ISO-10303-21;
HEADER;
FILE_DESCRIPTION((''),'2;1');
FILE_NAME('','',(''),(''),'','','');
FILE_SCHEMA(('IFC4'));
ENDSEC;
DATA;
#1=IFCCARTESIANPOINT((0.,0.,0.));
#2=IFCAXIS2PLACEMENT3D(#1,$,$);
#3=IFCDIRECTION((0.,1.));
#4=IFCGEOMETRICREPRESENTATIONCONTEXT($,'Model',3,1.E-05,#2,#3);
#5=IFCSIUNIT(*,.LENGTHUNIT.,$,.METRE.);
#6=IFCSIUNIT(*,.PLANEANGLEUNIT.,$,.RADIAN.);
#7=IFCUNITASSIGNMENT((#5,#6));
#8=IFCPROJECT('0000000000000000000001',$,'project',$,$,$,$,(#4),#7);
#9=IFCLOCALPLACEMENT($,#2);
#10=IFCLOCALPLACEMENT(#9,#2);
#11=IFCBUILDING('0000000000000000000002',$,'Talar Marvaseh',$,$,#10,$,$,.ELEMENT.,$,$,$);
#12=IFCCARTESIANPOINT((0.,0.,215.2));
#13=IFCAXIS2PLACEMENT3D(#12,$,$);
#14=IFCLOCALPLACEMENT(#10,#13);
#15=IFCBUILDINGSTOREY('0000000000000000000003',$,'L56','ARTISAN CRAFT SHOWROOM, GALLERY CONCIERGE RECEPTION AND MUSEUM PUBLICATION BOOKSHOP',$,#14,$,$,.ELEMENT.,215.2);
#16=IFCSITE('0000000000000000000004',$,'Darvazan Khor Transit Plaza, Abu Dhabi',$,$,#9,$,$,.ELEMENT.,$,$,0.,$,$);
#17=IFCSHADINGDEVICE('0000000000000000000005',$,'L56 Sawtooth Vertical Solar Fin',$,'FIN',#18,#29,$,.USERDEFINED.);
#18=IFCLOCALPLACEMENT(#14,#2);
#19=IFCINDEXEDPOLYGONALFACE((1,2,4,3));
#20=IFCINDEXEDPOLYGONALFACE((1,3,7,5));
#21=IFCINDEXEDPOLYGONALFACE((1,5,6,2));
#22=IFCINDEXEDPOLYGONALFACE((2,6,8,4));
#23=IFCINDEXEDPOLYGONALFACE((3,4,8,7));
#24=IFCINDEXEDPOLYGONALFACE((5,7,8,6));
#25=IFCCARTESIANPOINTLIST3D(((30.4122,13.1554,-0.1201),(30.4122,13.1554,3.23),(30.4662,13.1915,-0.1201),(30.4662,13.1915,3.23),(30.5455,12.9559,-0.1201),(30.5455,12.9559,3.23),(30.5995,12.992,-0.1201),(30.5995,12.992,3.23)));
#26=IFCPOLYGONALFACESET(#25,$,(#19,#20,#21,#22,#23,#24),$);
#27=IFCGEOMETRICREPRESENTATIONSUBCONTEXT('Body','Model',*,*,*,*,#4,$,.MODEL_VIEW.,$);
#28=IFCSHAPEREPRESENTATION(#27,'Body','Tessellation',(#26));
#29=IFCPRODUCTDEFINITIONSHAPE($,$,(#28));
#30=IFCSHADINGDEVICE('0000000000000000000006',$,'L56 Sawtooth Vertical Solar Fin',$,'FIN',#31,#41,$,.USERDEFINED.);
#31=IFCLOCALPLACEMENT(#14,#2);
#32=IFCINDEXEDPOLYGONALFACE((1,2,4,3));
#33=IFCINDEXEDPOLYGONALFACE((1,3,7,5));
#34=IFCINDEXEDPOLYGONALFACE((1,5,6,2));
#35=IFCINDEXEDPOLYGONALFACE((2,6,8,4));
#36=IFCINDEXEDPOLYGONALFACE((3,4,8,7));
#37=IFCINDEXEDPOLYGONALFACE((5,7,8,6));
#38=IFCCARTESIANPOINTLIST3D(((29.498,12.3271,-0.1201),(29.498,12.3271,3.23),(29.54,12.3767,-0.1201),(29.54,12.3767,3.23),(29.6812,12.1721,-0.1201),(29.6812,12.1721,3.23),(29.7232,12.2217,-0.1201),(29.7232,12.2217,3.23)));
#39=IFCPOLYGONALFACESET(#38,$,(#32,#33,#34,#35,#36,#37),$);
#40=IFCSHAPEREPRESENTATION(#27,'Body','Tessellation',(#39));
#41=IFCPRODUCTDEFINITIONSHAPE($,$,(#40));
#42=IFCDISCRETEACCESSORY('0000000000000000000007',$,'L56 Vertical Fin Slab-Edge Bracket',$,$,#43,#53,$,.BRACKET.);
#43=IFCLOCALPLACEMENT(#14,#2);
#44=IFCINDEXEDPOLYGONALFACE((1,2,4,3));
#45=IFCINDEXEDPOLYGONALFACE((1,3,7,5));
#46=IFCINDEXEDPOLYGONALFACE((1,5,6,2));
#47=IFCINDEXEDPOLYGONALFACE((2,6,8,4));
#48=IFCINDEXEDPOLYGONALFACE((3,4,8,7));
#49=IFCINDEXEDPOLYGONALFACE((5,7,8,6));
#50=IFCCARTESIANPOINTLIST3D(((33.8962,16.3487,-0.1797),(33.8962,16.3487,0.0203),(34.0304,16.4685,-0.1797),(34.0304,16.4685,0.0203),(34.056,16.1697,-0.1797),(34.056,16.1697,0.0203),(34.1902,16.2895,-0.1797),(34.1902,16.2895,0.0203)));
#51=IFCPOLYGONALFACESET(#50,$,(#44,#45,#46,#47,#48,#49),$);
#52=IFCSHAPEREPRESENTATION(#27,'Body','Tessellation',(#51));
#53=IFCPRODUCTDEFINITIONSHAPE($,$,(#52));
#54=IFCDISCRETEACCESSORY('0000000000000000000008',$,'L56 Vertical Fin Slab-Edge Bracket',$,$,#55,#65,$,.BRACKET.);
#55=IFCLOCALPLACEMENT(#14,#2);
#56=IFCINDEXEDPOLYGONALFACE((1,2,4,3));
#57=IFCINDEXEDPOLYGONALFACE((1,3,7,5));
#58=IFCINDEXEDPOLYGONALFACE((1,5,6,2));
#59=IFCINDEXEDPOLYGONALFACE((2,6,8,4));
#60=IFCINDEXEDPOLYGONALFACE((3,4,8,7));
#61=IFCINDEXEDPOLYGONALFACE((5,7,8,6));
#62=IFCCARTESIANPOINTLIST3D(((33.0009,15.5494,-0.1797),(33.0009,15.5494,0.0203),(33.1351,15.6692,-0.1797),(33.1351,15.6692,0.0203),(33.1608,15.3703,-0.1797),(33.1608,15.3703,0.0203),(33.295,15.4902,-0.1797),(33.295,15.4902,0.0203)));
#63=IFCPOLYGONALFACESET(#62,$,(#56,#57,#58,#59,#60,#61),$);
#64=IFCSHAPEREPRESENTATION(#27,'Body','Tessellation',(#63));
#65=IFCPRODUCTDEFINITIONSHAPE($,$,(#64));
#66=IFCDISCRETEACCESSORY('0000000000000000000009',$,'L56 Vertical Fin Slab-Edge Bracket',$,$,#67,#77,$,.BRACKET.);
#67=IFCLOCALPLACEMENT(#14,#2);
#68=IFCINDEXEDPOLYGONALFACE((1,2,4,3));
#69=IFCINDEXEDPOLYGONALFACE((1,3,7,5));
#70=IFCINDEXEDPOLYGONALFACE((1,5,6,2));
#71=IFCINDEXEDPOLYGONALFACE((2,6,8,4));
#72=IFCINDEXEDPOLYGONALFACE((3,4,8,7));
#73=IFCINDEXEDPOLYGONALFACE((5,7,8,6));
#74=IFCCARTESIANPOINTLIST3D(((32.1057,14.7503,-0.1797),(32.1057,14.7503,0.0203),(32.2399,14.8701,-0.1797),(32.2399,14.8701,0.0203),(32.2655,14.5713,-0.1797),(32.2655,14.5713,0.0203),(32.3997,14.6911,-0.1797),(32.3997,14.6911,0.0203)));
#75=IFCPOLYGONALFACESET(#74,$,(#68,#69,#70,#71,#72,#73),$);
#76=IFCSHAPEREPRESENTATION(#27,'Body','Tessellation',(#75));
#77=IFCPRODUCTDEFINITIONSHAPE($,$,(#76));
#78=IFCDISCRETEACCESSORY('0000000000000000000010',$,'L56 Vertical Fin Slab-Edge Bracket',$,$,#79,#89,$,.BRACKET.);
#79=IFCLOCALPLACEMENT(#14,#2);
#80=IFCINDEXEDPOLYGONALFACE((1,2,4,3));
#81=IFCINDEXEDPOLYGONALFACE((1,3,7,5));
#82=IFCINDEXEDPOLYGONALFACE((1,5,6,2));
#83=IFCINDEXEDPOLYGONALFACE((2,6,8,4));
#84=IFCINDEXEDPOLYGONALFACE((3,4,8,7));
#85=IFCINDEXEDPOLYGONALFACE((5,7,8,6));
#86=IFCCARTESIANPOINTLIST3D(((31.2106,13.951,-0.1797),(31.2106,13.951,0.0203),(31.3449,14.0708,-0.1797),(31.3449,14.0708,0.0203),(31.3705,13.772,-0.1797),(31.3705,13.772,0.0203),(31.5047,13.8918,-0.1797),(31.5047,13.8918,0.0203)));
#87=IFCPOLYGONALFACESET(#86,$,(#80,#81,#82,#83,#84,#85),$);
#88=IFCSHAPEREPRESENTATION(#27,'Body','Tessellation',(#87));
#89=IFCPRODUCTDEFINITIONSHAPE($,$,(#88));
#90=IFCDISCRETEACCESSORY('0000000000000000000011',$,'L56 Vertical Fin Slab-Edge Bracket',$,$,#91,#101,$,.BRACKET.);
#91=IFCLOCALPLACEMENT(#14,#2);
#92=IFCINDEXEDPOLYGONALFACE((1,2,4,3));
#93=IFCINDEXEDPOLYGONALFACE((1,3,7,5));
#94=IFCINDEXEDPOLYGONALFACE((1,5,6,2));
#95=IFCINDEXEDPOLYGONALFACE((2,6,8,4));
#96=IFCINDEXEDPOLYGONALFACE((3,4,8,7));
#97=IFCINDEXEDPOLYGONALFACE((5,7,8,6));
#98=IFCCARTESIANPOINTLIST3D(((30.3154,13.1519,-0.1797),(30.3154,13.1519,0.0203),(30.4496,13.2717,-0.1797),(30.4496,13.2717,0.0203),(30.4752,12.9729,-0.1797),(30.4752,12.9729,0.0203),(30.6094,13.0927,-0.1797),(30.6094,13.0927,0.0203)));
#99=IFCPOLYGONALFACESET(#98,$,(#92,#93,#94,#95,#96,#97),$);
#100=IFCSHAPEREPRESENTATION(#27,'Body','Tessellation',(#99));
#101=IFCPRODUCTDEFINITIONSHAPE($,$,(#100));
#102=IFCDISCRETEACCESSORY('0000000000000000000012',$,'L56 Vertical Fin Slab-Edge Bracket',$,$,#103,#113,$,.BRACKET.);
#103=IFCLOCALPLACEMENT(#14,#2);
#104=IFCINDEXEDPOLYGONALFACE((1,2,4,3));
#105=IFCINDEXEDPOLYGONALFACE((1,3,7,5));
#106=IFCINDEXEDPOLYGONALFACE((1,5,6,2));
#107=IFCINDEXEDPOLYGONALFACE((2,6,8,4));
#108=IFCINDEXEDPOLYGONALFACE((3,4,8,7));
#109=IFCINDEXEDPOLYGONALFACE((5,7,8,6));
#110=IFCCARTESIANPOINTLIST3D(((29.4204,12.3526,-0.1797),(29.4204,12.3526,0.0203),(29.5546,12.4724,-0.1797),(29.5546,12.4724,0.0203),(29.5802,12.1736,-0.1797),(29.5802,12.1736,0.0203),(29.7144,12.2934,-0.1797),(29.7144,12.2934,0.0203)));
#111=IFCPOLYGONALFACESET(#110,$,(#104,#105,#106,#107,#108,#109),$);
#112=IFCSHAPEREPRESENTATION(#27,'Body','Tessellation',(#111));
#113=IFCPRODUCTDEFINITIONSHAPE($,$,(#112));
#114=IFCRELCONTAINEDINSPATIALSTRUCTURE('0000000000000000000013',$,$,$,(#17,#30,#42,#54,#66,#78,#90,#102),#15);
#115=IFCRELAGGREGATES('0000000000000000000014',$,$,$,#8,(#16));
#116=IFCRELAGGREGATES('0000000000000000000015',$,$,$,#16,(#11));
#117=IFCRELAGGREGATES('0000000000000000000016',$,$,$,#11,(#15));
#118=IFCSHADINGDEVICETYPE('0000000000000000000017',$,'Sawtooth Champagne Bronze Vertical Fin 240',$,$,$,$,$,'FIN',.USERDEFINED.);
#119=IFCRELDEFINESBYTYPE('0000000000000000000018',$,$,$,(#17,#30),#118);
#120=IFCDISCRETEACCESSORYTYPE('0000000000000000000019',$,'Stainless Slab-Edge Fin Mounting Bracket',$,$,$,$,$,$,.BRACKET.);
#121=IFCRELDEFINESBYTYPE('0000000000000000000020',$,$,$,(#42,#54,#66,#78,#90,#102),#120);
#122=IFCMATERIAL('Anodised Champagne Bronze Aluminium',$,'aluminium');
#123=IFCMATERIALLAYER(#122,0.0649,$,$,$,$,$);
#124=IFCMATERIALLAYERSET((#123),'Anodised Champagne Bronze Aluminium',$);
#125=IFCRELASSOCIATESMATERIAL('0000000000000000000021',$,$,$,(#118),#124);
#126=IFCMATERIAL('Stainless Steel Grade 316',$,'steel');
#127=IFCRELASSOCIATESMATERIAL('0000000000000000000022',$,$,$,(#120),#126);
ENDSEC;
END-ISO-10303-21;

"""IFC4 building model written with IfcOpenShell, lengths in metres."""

from ifc_helpers import new_model, si_unit, direction, frame, origin, origin_2d, place, context, subcontext, project, spatial, rectangle, extrude, source, transform, mapped, material, layer, layer_set, type_object, type_shapes, element, save


model = new_model("IFC4")

# Units and contexts
model_context = context("Model", 3, precision=1e-05, world=origin(), true_north=direction((0.0, 1.0)))
body_context = subcontext(model_context, "Body", "Model", "MODEL_VIEW")
ifc_project = project(units=[si_unit("LENGTHUNIT", "METRE"), si_unit("PLANEANGLEUNIT", "RADIAN")], contexts=[model_context])

# Site, building, storey
site_placement = place(None, origin())
site = spatial("IfcSite", under=ifc_project, at=site_placement, Name="Darvazan Khor Transit Plaza, Abu Dhabi", CompositionType="ELEMENT", RefElevation=0.0)
building_placement = place(site_placement, origin())
building = spatial("IfcBuilding", under=site, at=building_placement, Name="Talar Marvaseh", CompositionType="ELEMENT")
storey_placement = place(building_placement, frame((0.0, 0.0, 215.2)))
storey = spatial("IfcBuildingStorey", under=building, at=storey_placement, Name="L56", Description="ARTISAN CRAFT SHOWROOM, GALLERY CONCIERGE RECEPTION AND MUSEUM PUBLICATION BOOKSHOP", CompositionType="ELEMENT", Elevation=215.2)

# Shading devices
ifc_material_1 = material(Name="Anodised Champagne Bronze Aluminium", Category="aluminium")
ifc_layer_1 = layer(ifc_material_1, 0.0649)
ifc_layer_set_1 = layer_set([ifc_layer_1], Name="Anodised Champagne Bronze Aluminium")
shading_device_type = type_object("IfcShadingDeviceType", Name="Sawtooth Champagne Bronze Vertical Fin 240", ElementType="FIN", PredefinedType="USERDEFINED", material=ifc_layer_set_1)
shared_shape_1 = source(origin(), body_context, "Body", "SweptSolid", [
    extrude(rectangle(XDim=0.24, YDim=0.0649, at=origin_2d()), origin(), (0.0, 0.0, 1.0), 3.3501),
])
type_shapes(shading_device_type, [shared_shape_1])
for number, where, z_axis, x_axis, name in (
    (1, (30.5059, 13.0737, -0.1201), (0.0, 0.0, 1.0), (0.555715, -0.831373, 0.0), "L56 Sawtooth Vertical Solar Fin"),
    (2, (29.6106, 12.2744, -0.1201), (0.0, 0.0, 1.0), (0.763345, -0.645991, 0.0), "L56 Sawtooth Vertical Solar Fin"),
):
    element("IfcShadingDevice", number, at=place(storey_placement, frame(where, z_axis=z_axis, x_axis=x_axis)), inside=storey, type_object=shading_device_type, Name=name, ObjectType="FIN", PredefinedType="USERDEFINED", context=body_context, shape_type="MappedRepresentation", body=[
        mapped(shared_shape_1, transform((0.0, 0.0, 0.0), x_axis=(1.0, 0.0, 0.0), y_axis=(0.0, 1.0, 0.0), z_axis=(0.0, 0.0, 1.0), scale=1.0)),
    ])

# Discrete accessories
ifc_material_2 = material(Name="Stainless Steel Grade 316", Category="steel")
discrete_accessory_type = type_object("IfcDiscreteAccessoryType", Name="Stainless Slab-Edge Fin Mounting Bracket", PredefinedType="BRACKET", material=ifc_material_2)
shared_shape_2 = source(origin(), body_context, "Body", "SweptSolid", [
    extrude(rectangle(XDim=0.24, YDim=0.1799, at=origin_2d()), origin(), (0.0, 0.0, 1.0), 0.2),
])
type_shapes(discrete_accessory_type, [shared_shape_2])
for number, where, z_axis, x_axis, name in (
    (3, (34.0432, 16.3191, -0.1797), (0.0, 0.0, 1.0), (0.666012, -0.745941, 0.0), "L56 Vertical Fin Slab-Edge Bracket"),
    (4, (33.1479, 15.5198, -0.1797), (0.0, 0.0, 1.0), (0.666012, -0.745941, 0.0), "L56 Vertical Fin Slab-Edge Bracket"),
    (5, (32.2527, 14.7207, -0.1797), (0.0, 0.0, 1.0), (0.666012, -0.745941, 0.0), "L56 Vertical Fin Slab-Edge Bracket"),
    (6, (31.3577, 13.9214, -0.1797), (0.0, 0.0, 1.0), (0.666012, -0.745941, 0.0), "L56 Vertical Fin Slab-Edge Bracket"),
    (7, (30.4624, 13.1223, -0.1797), (0.0, 0.0, 1.0), (0.666012, -0.745941, 0.0), "L56 Vertical Fin Slab-Edge Bracket"),
    (8, (29.5674, 12.323, -0.1797), (0.0, 0.0, 1.0), (0.666012, -0.745941, 0.0), "L56 Vertical Fin Slab-Edge Bracket"),
):
    element("IfcDiscreteAccessory", number, at=place(storey_placement, frame(where, z_axis=z_axis, x_axis=x_axis)), inside=storey, type_object=discrete_accessory_type, Name=name, PredefinedType="BRACKET", context=body_context, shape_type="MappedRepresentation", body=[
        mapped(shared_shape_2, transform((0.0, 0.0, 0.0), x_axis=(1.0, 0.0, 0.0), y_axis=(0.0, 1.0, 0.0), z_axis=(0.0, 0.0, 1.0), scale=1.0)),
    ])

save(model, "model.ifc")
